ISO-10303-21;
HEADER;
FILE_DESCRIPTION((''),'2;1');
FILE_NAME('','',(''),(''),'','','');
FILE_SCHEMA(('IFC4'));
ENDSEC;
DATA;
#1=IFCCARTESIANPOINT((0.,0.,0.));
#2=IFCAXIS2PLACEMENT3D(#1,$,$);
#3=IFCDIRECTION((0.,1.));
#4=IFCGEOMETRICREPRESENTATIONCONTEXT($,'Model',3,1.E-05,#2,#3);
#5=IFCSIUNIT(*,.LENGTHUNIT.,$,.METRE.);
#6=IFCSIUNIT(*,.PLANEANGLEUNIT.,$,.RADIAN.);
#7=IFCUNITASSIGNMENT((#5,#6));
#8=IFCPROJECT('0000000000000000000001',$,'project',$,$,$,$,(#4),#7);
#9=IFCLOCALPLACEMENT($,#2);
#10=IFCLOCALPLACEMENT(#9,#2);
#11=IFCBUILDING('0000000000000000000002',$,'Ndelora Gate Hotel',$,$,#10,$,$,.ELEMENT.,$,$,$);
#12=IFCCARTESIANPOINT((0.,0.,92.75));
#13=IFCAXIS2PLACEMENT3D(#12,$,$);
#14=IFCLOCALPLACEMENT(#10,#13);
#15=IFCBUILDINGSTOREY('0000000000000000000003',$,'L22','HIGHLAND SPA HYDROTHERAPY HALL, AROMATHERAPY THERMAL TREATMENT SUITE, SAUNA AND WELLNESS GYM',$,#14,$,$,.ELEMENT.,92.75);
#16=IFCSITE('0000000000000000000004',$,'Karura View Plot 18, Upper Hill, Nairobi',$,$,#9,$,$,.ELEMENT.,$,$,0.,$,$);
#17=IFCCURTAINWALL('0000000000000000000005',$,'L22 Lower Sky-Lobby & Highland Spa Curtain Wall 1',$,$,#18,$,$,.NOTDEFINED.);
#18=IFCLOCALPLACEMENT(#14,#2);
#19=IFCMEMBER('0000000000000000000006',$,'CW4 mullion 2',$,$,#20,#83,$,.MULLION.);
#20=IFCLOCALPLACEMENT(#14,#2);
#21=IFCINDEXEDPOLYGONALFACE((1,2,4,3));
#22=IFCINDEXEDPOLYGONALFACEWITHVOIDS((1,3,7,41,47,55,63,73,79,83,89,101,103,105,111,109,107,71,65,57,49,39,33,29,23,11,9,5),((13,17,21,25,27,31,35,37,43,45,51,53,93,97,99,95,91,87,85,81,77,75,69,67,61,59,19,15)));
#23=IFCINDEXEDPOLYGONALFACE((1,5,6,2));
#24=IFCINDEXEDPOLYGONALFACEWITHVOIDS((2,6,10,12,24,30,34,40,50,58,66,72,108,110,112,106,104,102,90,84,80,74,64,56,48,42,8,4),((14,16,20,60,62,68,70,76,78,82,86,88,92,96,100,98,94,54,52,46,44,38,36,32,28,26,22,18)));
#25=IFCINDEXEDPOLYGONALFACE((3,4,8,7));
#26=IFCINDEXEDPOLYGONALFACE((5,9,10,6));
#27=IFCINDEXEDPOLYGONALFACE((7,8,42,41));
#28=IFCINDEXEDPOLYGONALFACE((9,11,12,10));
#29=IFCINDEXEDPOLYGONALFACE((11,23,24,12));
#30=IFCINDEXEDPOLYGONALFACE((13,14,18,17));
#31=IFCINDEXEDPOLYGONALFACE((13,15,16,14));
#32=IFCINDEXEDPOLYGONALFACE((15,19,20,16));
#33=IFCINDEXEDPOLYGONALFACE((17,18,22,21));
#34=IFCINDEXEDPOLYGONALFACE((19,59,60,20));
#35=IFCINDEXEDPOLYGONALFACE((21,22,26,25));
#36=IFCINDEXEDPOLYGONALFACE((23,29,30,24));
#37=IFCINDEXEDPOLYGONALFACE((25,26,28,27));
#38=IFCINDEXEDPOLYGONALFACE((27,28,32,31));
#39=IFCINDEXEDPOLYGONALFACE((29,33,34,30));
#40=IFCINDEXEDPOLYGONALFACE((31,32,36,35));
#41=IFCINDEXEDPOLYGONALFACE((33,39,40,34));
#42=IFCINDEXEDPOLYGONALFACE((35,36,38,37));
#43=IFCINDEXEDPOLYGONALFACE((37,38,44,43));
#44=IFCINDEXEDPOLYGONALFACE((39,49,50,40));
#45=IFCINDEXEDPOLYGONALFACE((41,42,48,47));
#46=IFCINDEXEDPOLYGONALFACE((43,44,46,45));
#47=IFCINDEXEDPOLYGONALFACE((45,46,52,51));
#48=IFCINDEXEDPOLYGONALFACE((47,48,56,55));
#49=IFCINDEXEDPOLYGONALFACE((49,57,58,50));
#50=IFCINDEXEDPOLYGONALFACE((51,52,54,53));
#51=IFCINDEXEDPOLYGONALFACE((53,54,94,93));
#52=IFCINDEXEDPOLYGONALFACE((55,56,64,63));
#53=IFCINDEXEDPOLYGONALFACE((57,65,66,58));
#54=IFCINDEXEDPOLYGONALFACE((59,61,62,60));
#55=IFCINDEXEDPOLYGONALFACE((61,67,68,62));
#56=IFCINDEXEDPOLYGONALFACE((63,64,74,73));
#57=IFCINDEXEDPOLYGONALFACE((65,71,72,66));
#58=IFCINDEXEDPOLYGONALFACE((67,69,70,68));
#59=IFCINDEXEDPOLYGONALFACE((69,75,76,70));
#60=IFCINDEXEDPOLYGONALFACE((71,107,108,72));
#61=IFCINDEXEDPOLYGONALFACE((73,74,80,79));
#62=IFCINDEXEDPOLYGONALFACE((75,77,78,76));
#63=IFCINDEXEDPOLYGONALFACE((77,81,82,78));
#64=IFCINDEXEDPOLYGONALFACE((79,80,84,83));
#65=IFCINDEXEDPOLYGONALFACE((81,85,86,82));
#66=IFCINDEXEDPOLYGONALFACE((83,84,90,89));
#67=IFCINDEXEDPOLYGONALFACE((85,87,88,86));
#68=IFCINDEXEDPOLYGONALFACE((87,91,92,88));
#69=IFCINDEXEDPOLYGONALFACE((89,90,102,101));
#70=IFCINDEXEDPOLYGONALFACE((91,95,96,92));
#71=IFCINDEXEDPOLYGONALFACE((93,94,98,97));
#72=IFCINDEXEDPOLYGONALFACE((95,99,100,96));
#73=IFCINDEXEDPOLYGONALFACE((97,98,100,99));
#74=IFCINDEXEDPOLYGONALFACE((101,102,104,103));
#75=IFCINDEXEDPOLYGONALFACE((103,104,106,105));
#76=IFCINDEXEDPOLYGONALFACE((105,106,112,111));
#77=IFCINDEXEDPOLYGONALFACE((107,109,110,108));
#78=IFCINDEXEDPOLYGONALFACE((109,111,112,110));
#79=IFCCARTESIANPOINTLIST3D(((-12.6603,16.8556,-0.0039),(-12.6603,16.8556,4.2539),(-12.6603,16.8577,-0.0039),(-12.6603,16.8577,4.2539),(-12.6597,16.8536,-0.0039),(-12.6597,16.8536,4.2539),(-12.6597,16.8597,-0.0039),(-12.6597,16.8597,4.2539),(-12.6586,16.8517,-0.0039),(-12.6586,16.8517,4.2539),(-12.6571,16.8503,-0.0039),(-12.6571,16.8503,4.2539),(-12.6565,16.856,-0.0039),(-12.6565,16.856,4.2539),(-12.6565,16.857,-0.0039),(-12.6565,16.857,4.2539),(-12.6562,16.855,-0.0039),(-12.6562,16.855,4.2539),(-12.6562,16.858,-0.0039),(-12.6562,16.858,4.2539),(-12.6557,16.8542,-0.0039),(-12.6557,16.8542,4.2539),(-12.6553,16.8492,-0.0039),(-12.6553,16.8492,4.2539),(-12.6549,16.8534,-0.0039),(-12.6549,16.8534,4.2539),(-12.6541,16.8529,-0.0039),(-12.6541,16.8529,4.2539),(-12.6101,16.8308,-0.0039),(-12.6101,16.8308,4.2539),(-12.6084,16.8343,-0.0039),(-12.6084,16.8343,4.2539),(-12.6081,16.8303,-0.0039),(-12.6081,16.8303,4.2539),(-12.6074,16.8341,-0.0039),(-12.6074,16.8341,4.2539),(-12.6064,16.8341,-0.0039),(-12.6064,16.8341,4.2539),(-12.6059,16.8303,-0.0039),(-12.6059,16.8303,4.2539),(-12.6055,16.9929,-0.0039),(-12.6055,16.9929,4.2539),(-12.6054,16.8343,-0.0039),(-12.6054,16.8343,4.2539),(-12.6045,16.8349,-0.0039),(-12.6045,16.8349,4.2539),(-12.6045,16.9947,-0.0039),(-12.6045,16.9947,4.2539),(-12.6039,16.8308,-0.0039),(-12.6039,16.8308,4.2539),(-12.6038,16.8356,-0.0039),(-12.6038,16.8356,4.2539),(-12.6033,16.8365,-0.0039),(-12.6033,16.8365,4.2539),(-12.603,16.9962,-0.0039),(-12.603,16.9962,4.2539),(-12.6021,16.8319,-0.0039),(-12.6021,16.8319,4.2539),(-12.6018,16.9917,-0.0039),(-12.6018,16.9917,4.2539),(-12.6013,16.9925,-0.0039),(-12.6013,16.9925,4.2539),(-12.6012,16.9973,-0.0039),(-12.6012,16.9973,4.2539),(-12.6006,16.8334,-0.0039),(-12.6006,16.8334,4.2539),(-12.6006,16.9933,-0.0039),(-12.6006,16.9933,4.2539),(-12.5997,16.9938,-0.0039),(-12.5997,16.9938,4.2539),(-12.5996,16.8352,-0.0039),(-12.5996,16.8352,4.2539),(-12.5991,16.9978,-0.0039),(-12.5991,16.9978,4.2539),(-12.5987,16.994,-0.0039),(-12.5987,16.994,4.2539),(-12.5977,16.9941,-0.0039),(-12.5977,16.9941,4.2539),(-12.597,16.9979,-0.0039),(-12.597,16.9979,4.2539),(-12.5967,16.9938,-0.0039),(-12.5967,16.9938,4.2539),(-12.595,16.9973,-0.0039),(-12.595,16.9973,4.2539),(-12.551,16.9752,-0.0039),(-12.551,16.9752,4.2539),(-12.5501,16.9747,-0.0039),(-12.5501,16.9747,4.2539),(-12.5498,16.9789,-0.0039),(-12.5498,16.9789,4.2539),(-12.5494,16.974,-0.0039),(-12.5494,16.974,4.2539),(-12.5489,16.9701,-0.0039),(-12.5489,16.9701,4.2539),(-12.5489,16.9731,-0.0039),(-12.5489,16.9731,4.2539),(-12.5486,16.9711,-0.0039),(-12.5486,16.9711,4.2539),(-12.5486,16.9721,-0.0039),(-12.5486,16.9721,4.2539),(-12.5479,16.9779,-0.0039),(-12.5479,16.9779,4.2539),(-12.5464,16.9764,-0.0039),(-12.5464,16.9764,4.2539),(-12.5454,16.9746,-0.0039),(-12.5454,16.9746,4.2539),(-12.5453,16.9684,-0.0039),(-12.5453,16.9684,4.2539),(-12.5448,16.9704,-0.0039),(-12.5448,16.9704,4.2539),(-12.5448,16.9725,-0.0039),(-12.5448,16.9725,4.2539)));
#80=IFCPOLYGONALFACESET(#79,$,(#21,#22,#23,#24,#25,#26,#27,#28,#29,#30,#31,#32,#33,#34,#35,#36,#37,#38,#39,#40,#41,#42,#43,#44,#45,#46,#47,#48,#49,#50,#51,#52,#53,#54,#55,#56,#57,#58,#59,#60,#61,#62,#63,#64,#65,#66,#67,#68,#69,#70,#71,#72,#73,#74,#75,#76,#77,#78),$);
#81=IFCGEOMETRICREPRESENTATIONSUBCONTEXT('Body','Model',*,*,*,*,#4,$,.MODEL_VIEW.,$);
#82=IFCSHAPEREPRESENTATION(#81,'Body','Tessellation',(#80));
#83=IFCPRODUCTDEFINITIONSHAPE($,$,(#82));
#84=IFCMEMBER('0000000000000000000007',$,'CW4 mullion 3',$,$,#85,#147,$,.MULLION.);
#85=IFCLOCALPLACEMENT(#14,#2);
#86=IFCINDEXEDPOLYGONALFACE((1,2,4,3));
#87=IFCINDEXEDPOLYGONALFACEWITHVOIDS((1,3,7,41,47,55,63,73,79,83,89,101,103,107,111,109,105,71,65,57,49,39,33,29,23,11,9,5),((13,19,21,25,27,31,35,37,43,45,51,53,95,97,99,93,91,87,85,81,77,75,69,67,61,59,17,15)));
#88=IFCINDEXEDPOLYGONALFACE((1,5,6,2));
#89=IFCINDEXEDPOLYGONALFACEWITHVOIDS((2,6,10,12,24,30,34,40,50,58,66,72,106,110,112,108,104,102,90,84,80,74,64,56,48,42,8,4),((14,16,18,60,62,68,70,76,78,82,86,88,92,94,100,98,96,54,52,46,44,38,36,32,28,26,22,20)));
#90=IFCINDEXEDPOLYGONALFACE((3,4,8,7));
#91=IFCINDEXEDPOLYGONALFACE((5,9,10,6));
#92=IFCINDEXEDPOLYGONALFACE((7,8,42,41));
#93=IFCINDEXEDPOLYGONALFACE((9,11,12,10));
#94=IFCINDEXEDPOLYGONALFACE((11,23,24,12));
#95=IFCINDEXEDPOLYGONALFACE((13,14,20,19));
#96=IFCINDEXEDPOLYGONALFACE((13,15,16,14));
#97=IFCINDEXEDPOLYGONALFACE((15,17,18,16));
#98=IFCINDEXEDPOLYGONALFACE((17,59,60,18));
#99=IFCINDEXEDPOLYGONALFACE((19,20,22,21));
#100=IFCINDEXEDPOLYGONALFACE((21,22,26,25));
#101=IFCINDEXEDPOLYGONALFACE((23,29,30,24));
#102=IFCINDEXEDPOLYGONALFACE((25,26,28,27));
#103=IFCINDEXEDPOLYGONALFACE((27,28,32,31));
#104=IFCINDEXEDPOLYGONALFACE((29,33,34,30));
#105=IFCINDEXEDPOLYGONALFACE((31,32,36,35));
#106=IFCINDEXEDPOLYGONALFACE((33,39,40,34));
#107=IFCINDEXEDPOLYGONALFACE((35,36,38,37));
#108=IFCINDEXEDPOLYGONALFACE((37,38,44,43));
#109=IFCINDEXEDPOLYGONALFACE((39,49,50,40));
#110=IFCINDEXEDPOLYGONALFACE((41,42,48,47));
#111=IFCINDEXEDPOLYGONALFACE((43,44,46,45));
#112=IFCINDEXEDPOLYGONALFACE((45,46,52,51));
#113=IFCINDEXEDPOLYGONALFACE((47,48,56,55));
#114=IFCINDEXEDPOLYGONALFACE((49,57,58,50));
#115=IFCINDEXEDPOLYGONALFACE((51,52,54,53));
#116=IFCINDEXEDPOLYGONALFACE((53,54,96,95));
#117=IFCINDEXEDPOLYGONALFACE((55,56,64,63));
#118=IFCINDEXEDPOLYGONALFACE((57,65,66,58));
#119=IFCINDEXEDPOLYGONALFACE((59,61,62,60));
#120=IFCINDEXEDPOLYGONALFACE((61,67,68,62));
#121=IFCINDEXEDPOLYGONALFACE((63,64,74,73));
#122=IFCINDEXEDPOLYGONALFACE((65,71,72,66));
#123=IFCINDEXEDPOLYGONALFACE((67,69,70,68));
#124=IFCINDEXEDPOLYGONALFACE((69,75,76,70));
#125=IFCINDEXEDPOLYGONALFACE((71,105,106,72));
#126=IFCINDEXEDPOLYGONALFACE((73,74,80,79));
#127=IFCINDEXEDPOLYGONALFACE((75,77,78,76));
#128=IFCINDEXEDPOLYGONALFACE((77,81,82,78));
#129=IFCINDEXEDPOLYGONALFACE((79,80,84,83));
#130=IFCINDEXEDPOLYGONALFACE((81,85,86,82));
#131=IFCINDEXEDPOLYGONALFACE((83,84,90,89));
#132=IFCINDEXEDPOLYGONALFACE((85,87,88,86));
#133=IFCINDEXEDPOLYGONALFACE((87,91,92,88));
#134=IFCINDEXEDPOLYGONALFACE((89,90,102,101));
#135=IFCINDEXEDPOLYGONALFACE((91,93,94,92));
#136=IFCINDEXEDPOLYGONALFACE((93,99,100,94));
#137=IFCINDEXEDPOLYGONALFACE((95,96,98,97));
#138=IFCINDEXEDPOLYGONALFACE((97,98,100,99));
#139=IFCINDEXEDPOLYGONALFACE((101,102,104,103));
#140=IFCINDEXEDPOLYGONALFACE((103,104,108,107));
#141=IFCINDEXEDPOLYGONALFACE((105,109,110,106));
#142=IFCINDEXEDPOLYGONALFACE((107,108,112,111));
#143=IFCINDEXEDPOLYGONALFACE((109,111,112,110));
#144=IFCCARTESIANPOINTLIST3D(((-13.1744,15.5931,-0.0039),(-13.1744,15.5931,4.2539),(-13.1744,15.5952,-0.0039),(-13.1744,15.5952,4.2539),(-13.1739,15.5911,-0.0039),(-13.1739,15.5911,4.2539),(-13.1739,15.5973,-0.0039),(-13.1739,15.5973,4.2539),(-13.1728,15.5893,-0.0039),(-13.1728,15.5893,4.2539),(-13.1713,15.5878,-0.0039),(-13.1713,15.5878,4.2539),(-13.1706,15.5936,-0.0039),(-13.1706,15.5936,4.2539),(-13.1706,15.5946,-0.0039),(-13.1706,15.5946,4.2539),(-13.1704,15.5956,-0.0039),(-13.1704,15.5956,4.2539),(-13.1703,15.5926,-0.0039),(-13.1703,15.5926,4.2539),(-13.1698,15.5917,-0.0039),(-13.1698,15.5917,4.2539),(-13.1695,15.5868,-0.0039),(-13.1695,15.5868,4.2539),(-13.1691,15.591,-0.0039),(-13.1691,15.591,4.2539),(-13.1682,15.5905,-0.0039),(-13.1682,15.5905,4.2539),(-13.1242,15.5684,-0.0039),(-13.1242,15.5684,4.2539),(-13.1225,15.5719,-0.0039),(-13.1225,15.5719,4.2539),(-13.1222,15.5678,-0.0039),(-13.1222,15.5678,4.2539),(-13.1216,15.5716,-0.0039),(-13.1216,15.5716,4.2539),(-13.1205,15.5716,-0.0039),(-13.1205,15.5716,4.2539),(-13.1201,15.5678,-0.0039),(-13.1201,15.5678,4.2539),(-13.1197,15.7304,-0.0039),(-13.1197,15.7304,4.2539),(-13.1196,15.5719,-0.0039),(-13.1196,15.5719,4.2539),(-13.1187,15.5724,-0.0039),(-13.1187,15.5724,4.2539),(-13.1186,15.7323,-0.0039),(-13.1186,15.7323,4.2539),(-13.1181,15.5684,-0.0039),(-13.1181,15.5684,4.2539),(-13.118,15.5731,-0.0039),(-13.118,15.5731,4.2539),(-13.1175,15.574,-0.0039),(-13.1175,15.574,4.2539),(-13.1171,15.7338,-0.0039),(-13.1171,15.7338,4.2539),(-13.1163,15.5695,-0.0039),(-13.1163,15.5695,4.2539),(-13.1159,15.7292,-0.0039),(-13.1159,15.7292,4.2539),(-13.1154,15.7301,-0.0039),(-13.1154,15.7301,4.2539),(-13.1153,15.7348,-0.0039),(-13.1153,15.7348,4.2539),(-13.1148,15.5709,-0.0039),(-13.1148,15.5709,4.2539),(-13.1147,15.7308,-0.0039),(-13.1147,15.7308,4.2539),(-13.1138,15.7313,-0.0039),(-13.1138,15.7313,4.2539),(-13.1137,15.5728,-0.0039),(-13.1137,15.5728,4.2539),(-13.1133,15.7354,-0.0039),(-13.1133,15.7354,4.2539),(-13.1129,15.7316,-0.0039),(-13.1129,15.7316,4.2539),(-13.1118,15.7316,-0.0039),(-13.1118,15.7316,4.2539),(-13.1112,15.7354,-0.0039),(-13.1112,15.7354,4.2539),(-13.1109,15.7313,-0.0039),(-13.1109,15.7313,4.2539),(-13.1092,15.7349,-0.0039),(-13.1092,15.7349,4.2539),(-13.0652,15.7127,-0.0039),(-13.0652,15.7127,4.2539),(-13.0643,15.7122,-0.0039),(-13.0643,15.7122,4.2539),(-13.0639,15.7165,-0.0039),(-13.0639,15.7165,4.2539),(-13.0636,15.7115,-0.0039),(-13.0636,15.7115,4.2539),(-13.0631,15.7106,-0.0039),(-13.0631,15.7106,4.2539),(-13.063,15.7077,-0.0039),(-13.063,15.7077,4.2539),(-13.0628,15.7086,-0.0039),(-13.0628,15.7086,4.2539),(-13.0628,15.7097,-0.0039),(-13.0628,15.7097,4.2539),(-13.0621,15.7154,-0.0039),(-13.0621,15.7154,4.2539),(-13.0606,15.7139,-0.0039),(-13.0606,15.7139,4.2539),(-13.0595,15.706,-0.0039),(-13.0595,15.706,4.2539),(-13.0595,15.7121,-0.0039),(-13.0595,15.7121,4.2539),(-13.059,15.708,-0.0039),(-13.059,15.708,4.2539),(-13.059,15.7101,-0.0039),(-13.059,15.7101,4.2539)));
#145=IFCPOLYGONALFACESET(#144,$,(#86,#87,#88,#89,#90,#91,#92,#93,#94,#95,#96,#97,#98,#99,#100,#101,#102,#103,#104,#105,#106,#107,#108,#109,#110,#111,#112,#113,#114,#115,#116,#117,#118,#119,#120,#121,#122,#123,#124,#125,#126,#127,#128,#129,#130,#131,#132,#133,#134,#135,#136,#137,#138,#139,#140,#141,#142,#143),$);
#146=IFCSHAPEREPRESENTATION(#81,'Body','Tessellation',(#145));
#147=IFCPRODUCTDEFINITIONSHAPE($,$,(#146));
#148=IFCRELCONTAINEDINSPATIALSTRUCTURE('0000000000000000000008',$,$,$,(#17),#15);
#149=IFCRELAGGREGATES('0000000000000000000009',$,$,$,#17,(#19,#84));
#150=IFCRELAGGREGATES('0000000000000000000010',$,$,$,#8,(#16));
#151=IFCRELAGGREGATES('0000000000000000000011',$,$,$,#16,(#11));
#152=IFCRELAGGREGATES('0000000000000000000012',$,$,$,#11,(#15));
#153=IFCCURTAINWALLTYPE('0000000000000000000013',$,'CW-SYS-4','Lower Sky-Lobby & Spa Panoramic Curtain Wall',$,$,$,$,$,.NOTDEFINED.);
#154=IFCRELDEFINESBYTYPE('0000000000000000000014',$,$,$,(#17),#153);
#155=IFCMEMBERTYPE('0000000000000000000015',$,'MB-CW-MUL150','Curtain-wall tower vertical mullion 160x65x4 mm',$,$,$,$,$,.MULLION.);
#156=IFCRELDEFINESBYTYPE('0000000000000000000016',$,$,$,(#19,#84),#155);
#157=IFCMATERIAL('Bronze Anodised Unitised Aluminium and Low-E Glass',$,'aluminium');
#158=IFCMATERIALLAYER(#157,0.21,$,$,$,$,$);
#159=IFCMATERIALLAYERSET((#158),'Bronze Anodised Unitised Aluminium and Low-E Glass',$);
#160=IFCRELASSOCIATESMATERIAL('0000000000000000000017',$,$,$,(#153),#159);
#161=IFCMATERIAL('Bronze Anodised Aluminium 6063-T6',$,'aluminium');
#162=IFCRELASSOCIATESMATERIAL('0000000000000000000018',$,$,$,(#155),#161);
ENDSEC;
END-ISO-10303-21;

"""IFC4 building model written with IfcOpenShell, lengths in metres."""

from ifc_helpers import new_model, si_unit, direction, frame, origin, origin_2d, place, context, subcontext, project, spatial, hollow_rectangle, extrude, material, layer, layer_set, material_profile, profile_set, type_object, element, aggregate, save


model = new_model("IFC4")

# Units and contexts
model_context = context("Model", 3, precision=1e-05, world=origin(), true_north=direction((0.0, 1.0)))
body_context = subcontext(model_context, "Body", "Model", "MODEL_VIEW")
ifc_project = project(units=[si_unit("LENGTHUNIT", "METRE"), si_unit("PLANEANGLEUNIT", "RADIAN")], contexts=[model_context])

# Site, building, storey
site_placement = place(None, origin())
site = spatial("IfcSite", under=ifc_project, at=site_placement, Name="Karura View Plot 18, Upper Hill, Nairobi", CompositionType="ELEMENT", RefElevation=0.0)
building_placement = place(site_placement, origin())
building = spatial("IfcBuilding", under=site, at=building_placement, Name="Ndelora Gate Hotel", CompositionType="ELEMENT")
storey_placement = place(building_placement, frame((0.0, 0.0, 92.75)))
storey = spatial("IfcBuildingStorey", under=building, at=storey_placement, Name="L22", Description="HIGHLAND SPA HYDROTHERAPY HALL, AROMATHERAPY THERMAL TREATMENT SUITE, SAUNA AND WELLNESS GYM", CompositionType="ELEMENT", Elevation=92.75)

# Curtain wall, members
ifc_material_1 = material(Name="Bronze Anodised Unitised Aluminium and Low-E Glass", Category="aluminium")
ifc_layer_1 = layer(ifc_material_1, 0.21)
ifc_layer_set_1 = layer_set([ifc_layer_1], Name="Bronze Anodised Unitised Aluminium and Low-E Glass")
curtain_wall_type = type_object("IfcCurtainWallType", Name="CW-SYS-4", Description="Lower Sky-Lobby & Spa Panoramic Curtain Wall", PredefinedType="NOTDEFINED", material=ifc_layer_set_1)
curtain_wall_1_placement = place(storey_placement, origin())
curtain_wall_1 = element("IfcCurtainWall", 1, at=curtain_wall_1_placement, inside=storey, type_object=curtain_wall_type, Name="L22 Lower Sky-Lobby & Highland Spa Curtain Wall 1", PredefinedType="NOTDEFINED")
ifc_material_2 = material(Name="Bronze Anodised Aluminium 6063-T6", Category="aluminium")
ifc_material_profile_1 = material_profile(ifc_material_2, hollow_rectangle(XDim=0.0649, YDim=0.1599, WallThickness=0.0039, InnerFilletRadius=0.0039, OuterFilletRadius=0.0081, at=origin_2d()), Name="ALU 160x65x4")
ifc_profile_set_1 = profile_set([ifc_material_profile_1], Name="Bronze Anodised Aluminium 6063-T6")
member_type_1 = type_object("IfcMemberType", Name="MB-CW-MUL150", Description="Curtain-wall tower vertical mullion 160x65x4 mm", PredefinedType="MULLION", material=ifc_profile_set_1)
member_1_placement = place(storey_placement, frame((-12.6025, 16.9141, -0.0039), z_axis=(0.0, 0.0, 1.0), x_axis=(0.926136, -0.37719, 0.0)))
member_1 = element("IfcMember", 2, at=member_1_placement, type_object=member_type_1, Name="CW4 mullion 2", PredefinedType="MULLION", context=body_context, shape_type="SweptSolid", body=[
    extrude(hollow_rectangle(XDim=0.0649, YDim=0.1599, WallThickness=0.0039, InnerFilletRadius=0.0039, OuterFilletRadius=0.0081, at=origin_2d()), origin(), (0.0, 0.0, 1.0), 4.2578),
])
member_2_placement = place(storey_placement, frame((-13.1167, 15.6516, -0.0039), z_axis=(0.0, 0.0, 1.0), x_axis=(0.926136, -0.37719, 0.0)))
member_2 = element("IfcMember", 3, at=member_2_placement, type_object=member_type_1, Name="CW4 mullion 3", PredefinedType="MULLION", context=body_context, shape_type="SweptSolid", body=[
    extrude(hollow_rectangle(XDim=0.0649, YDim=0.1599, WallThickness=0.0039, InnerFilletRadius=0.0039, OuterFilletRadius=0.0081, at=origin_2d()), origin(), (0.0, 0.0, 1.0), 4.2578),
])

aggregate(curtain_wall_1, [member_1, member_2])

save(model, "model.ifc")
